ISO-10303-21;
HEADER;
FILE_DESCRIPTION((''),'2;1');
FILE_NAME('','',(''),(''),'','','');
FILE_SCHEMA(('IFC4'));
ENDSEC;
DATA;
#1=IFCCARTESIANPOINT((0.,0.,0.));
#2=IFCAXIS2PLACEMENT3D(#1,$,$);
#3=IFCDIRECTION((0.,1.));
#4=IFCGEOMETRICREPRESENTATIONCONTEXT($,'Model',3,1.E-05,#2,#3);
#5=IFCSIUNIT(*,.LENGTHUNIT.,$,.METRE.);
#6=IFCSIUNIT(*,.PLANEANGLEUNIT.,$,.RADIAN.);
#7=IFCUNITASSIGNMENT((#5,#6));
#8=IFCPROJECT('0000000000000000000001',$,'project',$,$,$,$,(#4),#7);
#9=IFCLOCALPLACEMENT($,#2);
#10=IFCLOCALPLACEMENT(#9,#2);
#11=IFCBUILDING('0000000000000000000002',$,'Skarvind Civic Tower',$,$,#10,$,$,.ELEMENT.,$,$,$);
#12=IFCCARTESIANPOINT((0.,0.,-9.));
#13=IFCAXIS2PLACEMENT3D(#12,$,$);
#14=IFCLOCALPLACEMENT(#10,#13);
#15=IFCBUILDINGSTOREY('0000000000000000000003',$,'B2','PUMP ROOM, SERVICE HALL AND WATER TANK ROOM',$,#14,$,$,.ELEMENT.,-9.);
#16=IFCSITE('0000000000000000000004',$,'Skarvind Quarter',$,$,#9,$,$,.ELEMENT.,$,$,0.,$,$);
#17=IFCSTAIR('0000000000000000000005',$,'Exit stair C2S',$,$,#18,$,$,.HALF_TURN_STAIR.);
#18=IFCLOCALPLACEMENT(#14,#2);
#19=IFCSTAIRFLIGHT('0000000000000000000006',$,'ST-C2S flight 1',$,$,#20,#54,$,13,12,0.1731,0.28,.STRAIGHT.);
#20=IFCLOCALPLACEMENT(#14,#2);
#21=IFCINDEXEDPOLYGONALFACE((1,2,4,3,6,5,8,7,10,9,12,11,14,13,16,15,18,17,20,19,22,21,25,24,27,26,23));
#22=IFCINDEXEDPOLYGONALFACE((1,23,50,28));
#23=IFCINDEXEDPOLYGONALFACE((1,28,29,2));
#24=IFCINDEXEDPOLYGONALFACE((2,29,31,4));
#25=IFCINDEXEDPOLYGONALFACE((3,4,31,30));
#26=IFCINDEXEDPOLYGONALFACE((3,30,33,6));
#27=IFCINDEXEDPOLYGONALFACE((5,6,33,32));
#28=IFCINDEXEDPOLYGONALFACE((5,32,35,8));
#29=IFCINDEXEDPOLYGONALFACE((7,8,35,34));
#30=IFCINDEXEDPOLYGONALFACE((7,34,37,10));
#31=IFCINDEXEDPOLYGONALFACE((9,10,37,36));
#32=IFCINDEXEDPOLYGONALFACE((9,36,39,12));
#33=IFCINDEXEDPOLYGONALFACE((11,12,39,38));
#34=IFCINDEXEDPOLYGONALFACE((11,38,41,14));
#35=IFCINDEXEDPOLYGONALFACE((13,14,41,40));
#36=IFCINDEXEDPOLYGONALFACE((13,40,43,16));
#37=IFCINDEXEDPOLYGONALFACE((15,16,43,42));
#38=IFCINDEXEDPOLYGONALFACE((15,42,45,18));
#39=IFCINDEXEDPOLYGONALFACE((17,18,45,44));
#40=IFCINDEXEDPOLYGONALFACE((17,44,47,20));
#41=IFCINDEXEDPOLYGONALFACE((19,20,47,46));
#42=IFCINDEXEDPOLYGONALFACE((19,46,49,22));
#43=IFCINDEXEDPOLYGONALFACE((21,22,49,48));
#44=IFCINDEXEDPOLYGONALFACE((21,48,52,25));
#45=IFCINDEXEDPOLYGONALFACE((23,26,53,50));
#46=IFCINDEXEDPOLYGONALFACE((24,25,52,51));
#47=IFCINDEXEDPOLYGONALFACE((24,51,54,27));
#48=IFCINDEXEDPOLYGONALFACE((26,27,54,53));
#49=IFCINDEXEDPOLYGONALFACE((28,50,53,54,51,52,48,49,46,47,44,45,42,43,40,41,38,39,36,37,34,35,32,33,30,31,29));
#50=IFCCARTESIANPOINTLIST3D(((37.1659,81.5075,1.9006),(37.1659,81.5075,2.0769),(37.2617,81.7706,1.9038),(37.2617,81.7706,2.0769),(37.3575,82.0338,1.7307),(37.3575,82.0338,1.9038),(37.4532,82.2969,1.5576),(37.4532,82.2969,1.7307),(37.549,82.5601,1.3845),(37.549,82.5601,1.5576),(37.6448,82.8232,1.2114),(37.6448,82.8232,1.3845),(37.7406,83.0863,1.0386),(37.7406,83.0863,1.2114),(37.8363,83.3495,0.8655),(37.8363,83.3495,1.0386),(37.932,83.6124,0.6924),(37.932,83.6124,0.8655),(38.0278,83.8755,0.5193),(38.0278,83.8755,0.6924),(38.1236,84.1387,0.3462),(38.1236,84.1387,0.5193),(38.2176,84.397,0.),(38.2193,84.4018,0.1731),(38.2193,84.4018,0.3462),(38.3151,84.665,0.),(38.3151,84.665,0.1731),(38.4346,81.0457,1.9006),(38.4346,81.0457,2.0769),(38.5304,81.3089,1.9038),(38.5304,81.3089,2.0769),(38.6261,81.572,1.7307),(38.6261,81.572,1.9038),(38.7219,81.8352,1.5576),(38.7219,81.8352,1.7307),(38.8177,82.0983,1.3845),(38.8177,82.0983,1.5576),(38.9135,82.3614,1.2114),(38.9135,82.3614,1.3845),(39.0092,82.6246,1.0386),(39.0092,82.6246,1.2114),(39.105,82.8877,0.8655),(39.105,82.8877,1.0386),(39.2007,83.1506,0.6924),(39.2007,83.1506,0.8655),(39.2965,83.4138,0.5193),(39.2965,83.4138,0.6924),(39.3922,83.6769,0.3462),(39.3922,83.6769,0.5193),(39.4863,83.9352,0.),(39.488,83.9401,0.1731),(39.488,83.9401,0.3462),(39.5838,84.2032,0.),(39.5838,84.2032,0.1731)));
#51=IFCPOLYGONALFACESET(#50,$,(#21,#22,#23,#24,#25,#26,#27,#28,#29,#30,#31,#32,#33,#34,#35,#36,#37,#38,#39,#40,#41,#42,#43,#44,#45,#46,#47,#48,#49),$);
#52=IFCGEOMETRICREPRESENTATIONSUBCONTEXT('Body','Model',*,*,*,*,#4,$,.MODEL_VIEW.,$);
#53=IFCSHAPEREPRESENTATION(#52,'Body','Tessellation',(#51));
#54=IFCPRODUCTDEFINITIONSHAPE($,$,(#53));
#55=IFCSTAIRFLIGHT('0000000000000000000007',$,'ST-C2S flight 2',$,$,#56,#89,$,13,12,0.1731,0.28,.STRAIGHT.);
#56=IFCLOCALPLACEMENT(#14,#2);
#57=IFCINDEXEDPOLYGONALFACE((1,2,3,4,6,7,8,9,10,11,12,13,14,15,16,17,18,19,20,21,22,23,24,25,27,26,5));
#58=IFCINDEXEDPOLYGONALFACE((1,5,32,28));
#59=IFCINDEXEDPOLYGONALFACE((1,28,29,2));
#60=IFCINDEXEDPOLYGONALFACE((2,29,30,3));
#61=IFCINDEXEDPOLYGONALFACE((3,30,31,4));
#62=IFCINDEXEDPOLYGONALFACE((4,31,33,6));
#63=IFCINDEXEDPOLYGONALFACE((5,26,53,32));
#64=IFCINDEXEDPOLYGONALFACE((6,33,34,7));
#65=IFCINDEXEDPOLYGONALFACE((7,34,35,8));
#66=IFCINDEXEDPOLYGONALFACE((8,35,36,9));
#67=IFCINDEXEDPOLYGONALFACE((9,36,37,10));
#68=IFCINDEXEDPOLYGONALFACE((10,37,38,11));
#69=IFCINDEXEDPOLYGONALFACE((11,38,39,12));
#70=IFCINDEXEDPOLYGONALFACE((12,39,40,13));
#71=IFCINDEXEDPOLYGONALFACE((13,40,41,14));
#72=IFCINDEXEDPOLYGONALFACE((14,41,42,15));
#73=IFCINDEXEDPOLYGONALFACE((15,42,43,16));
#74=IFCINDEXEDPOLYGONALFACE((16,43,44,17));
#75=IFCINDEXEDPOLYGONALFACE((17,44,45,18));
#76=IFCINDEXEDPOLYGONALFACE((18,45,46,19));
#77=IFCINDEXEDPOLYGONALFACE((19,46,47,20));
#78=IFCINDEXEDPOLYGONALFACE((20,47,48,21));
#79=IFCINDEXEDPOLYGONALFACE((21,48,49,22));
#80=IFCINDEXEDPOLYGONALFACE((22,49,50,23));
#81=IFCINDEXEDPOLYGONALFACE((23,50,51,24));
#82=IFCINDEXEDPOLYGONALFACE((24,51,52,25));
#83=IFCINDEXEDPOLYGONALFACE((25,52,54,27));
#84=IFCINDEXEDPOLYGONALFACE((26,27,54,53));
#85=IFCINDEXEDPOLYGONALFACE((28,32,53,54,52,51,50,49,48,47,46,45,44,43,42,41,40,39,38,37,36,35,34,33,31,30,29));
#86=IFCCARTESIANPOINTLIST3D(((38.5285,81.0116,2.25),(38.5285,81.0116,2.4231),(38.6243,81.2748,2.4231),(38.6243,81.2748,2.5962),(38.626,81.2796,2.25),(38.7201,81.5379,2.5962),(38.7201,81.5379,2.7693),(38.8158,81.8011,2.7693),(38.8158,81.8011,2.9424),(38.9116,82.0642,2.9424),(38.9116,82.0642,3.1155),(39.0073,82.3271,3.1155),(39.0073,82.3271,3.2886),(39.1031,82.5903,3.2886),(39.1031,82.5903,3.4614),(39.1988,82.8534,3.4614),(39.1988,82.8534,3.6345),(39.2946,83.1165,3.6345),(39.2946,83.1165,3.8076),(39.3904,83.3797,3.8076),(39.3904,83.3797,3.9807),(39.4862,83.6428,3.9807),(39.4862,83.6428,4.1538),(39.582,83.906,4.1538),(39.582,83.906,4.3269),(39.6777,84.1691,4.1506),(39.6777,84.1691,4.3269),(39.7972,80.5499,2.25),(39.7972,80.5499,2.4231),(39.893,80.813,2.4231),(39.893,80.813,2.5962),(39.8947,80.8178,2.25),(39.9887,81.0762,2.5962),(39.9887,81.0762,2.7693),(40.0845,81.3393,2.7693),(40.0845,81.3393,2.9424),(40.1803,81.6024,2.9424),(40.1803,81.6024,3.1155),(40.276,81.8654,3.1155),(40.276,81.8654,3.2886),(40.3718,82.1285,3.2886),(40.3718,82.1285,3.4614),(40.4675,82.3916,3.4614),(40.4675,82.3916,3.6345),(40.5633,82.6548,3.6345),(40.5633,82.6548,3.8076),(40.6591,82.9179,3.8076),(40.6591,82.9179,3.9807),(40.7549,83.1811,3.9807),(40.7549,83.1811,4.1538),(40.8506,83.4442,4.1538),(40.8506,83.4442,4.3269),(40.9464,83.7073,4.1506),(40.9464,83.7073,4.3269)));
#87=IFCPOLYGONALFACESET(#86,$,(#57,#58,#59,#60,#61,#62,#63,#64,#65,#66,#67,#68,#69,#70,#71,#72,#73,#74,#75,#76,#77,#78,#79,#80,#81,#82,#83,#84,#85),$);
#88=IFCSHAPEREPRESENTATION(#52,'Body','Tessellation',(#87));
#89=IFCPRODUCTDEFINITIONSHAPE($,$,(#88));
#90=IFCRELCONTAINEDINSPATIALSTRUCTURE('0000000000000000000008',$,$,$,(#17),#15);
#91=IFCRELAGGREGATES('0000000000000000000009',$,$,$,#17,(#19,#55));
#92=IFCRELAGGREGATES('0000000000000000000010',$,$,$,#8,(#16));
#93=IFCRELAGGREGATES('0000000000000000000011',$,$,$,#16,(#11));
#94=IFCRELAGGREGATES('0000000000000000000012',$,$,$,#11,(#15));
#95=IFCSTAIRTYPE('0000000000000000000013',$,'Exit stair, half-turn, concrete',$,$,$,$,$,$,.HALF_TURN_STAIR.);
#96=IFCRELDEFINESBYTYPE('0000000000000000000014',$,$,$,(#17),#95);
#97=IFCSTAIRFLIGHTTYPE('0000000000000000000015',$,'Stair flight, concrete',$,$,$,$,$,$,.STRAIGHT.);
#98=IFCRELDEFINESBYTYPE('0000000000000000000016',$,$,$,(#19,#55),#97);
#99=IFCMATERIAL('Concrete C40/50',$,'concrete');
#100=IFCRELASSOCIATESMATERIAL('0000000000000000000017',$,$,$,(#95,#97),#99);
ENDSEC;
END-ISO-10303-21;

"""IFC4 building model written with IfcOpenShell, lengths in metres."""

from ifc_helpers import new_model, si_unit, direction, frame, origin, place, context, subcontext, project, spatial, polyline, outline, extrude, material, type_object, element, aggregate, save


model = new_model("IFC4")

# Units and contexts
model_context = context("Model", 3, precision=1e-05, world=origin(), true_north=direction((0.0, 1.0)))
body_context = subcontext(model_context, "Body", "Model", "MODEL_VIEW")
ifc_project = project(units=[si_unit("LENGTHUNIT", "METRE"), si_unit("PLANEANGLEUNIT", "RADIAN")], contexts=[model_context])

# Site, building, storey
site_placement = place(None, origin())
site = spatial("IfcSite", under=ifc_project, at=site_placement, Name="Skarvind Quarter", CompositionType="ELEMENT", RefElevation=0.0)
building_placement = place(site_placement, origin())
building = spatial("IfcBuilding", under=site, at=building_placement, Name="Skarvind Civic Tower", CompositionType="ELEMENT")
storey_placement = place(building_placement, frame((0.0, 0.0, -9.0)))
storey = spatial("IfcBuildingStorey", under=building, at=storey_placement, Name="B2", Description="PUMP ROOM, SERVICE HALL AND WATER TANK ROOM", CompositionType="ELEMENT", Elevation=-9.0)

# Stair, stair flights
ifc_material_1 = material(Name="Concrete C40/50", Category="concrete")
stair_type = type_object("IfcStairType", Name="Exit stair, half-turn, concrete", PredefinedType="HALF_TURN_STAIR", material=ifc_material_1)
stair_placement = place(storey_placement, origin())
stair = element("IfcStair", 1, at=stair_placement, inside=storey, type_object=stair_type, Name="Exit stair C2S", PredefinedType="HALF_TURN_STAIR")
stair_flight_type = type_object("IfcStairFlightType", Name="Stair flight, concrete", PredefinedType="STRAIGHT", material=ifc_material_1)
stair_flight_1_placement = place(storey_placement, frame((38.9495, 84.4341, 0.0), z_axis=(0.0, 0.0, 1.0), x_axis=(-0.34202, -0.939693, 0.0)))
stair_flight_1 = element("IfcStairFlight", 2, at=stair_flight_1_placement, type_object=stair_flight_type, Name="ST-C2S flight 1", NumberOfRisers=13, NumberOfTreads=12, PredefinedType="STRAIGHT", RiserHeight=0.1731, TreadLength=0.28, context=body_context, shape_type="SweptSolid", body=[
    extrude(outline(polyline([(0.0, 0.0), (0.0, 0.1731), (0.28, 0.1731), (0.28, 0.3462), (0.5601, 0.3462), (0.5601, 0.5193), (0.8401, 0.5193), (0.8401, 0.6924), (1.1201, 0.6924), (1.1201, 0.8655), (1.3999, 0.8655), (1.3999, 1.0386), (1.6799, 1.0386), (1.6799, 1.2114), (1.96, 1.2114), (1.96, 1.3845), (2.24, 1.3845), (2.24, 1.5576), (2.52, 1.5576), (2.52, 1.7307), (2.8, 1.7307), (2.8, 1.9038), (3.0801, 1.9038), (3.0801, 2.0769), (3.3601, 2.0769), (3.3601, 2.25), (3.3601, 1.9006), (0.2852, 0.0), (0.0, 0.0)])), frame((0.0, 0.675, 0.0), z_axis=(0.0, -1.0, 0.0), x_axis=(1.0, 0.0, 0.0)), (0.0, 0.0, 1.0), 1.3501),
])
stair_flight_2_placement = place(storey_placement, frame((39.1628, 80.7808, 2.25), z_axis=(0.0, 0.0, 1.0), x_axis=(0.34202, 0.939693, 0.0)))
stair_flight_2 = element("IfcStairFlight", 3, at=stair_flight_2_placement, type_object=stair_flight_type, Name="ST-C2S flight 2", NumberOfRisers=13, NumberOfTreads=12, PredefinedType="STRAIGHT", RiserHeight=0.1731, TreadLength=0.28, context=body_context, shape_type="SweptSolid", body=[
    extrude(outline(polyline([(0.0, 0.0), (0.0, 0.1731), (0.28, 0.1731), (0.28, 0.3462), (0.5601, 0.3462), (0.5601, 0.5193), (0.8401, 0.5193), (0.8401, 0.6924), (1.1201, 0.6924), (1.1201, 0.8655), (1.3999, 0.8655), (1.3999, 1.0386), (1.6799, 1.0386), (1.6799, 1.2114), (1.96, 1.2114), (1.96, 1.3845), (2.24, 1.3845), (2.24, 1.5576), (2.52, 1.5576), (2.52, 1.7307), (2.8, 1.7307), (2.8, 1.9038), (3.0801, 1.9038), (3.0801, 2.0769), (3.3601, 2.0769), (3.3601, 2.25), (3.3601, 1.9006), (0.2852, 0.0), (0.0, 0.0)])), frame((0.0, 0.675, 0.0), z_axis=(0.0, -1.0, 0.0), x_axis=(1.0, 0.0, 0.0)), (0.0, 0.0, 1.0), 1.3501),
])
aggregate(stair, [stair_flight_1, stair_flight_2])

save(model, "model.ifc")
